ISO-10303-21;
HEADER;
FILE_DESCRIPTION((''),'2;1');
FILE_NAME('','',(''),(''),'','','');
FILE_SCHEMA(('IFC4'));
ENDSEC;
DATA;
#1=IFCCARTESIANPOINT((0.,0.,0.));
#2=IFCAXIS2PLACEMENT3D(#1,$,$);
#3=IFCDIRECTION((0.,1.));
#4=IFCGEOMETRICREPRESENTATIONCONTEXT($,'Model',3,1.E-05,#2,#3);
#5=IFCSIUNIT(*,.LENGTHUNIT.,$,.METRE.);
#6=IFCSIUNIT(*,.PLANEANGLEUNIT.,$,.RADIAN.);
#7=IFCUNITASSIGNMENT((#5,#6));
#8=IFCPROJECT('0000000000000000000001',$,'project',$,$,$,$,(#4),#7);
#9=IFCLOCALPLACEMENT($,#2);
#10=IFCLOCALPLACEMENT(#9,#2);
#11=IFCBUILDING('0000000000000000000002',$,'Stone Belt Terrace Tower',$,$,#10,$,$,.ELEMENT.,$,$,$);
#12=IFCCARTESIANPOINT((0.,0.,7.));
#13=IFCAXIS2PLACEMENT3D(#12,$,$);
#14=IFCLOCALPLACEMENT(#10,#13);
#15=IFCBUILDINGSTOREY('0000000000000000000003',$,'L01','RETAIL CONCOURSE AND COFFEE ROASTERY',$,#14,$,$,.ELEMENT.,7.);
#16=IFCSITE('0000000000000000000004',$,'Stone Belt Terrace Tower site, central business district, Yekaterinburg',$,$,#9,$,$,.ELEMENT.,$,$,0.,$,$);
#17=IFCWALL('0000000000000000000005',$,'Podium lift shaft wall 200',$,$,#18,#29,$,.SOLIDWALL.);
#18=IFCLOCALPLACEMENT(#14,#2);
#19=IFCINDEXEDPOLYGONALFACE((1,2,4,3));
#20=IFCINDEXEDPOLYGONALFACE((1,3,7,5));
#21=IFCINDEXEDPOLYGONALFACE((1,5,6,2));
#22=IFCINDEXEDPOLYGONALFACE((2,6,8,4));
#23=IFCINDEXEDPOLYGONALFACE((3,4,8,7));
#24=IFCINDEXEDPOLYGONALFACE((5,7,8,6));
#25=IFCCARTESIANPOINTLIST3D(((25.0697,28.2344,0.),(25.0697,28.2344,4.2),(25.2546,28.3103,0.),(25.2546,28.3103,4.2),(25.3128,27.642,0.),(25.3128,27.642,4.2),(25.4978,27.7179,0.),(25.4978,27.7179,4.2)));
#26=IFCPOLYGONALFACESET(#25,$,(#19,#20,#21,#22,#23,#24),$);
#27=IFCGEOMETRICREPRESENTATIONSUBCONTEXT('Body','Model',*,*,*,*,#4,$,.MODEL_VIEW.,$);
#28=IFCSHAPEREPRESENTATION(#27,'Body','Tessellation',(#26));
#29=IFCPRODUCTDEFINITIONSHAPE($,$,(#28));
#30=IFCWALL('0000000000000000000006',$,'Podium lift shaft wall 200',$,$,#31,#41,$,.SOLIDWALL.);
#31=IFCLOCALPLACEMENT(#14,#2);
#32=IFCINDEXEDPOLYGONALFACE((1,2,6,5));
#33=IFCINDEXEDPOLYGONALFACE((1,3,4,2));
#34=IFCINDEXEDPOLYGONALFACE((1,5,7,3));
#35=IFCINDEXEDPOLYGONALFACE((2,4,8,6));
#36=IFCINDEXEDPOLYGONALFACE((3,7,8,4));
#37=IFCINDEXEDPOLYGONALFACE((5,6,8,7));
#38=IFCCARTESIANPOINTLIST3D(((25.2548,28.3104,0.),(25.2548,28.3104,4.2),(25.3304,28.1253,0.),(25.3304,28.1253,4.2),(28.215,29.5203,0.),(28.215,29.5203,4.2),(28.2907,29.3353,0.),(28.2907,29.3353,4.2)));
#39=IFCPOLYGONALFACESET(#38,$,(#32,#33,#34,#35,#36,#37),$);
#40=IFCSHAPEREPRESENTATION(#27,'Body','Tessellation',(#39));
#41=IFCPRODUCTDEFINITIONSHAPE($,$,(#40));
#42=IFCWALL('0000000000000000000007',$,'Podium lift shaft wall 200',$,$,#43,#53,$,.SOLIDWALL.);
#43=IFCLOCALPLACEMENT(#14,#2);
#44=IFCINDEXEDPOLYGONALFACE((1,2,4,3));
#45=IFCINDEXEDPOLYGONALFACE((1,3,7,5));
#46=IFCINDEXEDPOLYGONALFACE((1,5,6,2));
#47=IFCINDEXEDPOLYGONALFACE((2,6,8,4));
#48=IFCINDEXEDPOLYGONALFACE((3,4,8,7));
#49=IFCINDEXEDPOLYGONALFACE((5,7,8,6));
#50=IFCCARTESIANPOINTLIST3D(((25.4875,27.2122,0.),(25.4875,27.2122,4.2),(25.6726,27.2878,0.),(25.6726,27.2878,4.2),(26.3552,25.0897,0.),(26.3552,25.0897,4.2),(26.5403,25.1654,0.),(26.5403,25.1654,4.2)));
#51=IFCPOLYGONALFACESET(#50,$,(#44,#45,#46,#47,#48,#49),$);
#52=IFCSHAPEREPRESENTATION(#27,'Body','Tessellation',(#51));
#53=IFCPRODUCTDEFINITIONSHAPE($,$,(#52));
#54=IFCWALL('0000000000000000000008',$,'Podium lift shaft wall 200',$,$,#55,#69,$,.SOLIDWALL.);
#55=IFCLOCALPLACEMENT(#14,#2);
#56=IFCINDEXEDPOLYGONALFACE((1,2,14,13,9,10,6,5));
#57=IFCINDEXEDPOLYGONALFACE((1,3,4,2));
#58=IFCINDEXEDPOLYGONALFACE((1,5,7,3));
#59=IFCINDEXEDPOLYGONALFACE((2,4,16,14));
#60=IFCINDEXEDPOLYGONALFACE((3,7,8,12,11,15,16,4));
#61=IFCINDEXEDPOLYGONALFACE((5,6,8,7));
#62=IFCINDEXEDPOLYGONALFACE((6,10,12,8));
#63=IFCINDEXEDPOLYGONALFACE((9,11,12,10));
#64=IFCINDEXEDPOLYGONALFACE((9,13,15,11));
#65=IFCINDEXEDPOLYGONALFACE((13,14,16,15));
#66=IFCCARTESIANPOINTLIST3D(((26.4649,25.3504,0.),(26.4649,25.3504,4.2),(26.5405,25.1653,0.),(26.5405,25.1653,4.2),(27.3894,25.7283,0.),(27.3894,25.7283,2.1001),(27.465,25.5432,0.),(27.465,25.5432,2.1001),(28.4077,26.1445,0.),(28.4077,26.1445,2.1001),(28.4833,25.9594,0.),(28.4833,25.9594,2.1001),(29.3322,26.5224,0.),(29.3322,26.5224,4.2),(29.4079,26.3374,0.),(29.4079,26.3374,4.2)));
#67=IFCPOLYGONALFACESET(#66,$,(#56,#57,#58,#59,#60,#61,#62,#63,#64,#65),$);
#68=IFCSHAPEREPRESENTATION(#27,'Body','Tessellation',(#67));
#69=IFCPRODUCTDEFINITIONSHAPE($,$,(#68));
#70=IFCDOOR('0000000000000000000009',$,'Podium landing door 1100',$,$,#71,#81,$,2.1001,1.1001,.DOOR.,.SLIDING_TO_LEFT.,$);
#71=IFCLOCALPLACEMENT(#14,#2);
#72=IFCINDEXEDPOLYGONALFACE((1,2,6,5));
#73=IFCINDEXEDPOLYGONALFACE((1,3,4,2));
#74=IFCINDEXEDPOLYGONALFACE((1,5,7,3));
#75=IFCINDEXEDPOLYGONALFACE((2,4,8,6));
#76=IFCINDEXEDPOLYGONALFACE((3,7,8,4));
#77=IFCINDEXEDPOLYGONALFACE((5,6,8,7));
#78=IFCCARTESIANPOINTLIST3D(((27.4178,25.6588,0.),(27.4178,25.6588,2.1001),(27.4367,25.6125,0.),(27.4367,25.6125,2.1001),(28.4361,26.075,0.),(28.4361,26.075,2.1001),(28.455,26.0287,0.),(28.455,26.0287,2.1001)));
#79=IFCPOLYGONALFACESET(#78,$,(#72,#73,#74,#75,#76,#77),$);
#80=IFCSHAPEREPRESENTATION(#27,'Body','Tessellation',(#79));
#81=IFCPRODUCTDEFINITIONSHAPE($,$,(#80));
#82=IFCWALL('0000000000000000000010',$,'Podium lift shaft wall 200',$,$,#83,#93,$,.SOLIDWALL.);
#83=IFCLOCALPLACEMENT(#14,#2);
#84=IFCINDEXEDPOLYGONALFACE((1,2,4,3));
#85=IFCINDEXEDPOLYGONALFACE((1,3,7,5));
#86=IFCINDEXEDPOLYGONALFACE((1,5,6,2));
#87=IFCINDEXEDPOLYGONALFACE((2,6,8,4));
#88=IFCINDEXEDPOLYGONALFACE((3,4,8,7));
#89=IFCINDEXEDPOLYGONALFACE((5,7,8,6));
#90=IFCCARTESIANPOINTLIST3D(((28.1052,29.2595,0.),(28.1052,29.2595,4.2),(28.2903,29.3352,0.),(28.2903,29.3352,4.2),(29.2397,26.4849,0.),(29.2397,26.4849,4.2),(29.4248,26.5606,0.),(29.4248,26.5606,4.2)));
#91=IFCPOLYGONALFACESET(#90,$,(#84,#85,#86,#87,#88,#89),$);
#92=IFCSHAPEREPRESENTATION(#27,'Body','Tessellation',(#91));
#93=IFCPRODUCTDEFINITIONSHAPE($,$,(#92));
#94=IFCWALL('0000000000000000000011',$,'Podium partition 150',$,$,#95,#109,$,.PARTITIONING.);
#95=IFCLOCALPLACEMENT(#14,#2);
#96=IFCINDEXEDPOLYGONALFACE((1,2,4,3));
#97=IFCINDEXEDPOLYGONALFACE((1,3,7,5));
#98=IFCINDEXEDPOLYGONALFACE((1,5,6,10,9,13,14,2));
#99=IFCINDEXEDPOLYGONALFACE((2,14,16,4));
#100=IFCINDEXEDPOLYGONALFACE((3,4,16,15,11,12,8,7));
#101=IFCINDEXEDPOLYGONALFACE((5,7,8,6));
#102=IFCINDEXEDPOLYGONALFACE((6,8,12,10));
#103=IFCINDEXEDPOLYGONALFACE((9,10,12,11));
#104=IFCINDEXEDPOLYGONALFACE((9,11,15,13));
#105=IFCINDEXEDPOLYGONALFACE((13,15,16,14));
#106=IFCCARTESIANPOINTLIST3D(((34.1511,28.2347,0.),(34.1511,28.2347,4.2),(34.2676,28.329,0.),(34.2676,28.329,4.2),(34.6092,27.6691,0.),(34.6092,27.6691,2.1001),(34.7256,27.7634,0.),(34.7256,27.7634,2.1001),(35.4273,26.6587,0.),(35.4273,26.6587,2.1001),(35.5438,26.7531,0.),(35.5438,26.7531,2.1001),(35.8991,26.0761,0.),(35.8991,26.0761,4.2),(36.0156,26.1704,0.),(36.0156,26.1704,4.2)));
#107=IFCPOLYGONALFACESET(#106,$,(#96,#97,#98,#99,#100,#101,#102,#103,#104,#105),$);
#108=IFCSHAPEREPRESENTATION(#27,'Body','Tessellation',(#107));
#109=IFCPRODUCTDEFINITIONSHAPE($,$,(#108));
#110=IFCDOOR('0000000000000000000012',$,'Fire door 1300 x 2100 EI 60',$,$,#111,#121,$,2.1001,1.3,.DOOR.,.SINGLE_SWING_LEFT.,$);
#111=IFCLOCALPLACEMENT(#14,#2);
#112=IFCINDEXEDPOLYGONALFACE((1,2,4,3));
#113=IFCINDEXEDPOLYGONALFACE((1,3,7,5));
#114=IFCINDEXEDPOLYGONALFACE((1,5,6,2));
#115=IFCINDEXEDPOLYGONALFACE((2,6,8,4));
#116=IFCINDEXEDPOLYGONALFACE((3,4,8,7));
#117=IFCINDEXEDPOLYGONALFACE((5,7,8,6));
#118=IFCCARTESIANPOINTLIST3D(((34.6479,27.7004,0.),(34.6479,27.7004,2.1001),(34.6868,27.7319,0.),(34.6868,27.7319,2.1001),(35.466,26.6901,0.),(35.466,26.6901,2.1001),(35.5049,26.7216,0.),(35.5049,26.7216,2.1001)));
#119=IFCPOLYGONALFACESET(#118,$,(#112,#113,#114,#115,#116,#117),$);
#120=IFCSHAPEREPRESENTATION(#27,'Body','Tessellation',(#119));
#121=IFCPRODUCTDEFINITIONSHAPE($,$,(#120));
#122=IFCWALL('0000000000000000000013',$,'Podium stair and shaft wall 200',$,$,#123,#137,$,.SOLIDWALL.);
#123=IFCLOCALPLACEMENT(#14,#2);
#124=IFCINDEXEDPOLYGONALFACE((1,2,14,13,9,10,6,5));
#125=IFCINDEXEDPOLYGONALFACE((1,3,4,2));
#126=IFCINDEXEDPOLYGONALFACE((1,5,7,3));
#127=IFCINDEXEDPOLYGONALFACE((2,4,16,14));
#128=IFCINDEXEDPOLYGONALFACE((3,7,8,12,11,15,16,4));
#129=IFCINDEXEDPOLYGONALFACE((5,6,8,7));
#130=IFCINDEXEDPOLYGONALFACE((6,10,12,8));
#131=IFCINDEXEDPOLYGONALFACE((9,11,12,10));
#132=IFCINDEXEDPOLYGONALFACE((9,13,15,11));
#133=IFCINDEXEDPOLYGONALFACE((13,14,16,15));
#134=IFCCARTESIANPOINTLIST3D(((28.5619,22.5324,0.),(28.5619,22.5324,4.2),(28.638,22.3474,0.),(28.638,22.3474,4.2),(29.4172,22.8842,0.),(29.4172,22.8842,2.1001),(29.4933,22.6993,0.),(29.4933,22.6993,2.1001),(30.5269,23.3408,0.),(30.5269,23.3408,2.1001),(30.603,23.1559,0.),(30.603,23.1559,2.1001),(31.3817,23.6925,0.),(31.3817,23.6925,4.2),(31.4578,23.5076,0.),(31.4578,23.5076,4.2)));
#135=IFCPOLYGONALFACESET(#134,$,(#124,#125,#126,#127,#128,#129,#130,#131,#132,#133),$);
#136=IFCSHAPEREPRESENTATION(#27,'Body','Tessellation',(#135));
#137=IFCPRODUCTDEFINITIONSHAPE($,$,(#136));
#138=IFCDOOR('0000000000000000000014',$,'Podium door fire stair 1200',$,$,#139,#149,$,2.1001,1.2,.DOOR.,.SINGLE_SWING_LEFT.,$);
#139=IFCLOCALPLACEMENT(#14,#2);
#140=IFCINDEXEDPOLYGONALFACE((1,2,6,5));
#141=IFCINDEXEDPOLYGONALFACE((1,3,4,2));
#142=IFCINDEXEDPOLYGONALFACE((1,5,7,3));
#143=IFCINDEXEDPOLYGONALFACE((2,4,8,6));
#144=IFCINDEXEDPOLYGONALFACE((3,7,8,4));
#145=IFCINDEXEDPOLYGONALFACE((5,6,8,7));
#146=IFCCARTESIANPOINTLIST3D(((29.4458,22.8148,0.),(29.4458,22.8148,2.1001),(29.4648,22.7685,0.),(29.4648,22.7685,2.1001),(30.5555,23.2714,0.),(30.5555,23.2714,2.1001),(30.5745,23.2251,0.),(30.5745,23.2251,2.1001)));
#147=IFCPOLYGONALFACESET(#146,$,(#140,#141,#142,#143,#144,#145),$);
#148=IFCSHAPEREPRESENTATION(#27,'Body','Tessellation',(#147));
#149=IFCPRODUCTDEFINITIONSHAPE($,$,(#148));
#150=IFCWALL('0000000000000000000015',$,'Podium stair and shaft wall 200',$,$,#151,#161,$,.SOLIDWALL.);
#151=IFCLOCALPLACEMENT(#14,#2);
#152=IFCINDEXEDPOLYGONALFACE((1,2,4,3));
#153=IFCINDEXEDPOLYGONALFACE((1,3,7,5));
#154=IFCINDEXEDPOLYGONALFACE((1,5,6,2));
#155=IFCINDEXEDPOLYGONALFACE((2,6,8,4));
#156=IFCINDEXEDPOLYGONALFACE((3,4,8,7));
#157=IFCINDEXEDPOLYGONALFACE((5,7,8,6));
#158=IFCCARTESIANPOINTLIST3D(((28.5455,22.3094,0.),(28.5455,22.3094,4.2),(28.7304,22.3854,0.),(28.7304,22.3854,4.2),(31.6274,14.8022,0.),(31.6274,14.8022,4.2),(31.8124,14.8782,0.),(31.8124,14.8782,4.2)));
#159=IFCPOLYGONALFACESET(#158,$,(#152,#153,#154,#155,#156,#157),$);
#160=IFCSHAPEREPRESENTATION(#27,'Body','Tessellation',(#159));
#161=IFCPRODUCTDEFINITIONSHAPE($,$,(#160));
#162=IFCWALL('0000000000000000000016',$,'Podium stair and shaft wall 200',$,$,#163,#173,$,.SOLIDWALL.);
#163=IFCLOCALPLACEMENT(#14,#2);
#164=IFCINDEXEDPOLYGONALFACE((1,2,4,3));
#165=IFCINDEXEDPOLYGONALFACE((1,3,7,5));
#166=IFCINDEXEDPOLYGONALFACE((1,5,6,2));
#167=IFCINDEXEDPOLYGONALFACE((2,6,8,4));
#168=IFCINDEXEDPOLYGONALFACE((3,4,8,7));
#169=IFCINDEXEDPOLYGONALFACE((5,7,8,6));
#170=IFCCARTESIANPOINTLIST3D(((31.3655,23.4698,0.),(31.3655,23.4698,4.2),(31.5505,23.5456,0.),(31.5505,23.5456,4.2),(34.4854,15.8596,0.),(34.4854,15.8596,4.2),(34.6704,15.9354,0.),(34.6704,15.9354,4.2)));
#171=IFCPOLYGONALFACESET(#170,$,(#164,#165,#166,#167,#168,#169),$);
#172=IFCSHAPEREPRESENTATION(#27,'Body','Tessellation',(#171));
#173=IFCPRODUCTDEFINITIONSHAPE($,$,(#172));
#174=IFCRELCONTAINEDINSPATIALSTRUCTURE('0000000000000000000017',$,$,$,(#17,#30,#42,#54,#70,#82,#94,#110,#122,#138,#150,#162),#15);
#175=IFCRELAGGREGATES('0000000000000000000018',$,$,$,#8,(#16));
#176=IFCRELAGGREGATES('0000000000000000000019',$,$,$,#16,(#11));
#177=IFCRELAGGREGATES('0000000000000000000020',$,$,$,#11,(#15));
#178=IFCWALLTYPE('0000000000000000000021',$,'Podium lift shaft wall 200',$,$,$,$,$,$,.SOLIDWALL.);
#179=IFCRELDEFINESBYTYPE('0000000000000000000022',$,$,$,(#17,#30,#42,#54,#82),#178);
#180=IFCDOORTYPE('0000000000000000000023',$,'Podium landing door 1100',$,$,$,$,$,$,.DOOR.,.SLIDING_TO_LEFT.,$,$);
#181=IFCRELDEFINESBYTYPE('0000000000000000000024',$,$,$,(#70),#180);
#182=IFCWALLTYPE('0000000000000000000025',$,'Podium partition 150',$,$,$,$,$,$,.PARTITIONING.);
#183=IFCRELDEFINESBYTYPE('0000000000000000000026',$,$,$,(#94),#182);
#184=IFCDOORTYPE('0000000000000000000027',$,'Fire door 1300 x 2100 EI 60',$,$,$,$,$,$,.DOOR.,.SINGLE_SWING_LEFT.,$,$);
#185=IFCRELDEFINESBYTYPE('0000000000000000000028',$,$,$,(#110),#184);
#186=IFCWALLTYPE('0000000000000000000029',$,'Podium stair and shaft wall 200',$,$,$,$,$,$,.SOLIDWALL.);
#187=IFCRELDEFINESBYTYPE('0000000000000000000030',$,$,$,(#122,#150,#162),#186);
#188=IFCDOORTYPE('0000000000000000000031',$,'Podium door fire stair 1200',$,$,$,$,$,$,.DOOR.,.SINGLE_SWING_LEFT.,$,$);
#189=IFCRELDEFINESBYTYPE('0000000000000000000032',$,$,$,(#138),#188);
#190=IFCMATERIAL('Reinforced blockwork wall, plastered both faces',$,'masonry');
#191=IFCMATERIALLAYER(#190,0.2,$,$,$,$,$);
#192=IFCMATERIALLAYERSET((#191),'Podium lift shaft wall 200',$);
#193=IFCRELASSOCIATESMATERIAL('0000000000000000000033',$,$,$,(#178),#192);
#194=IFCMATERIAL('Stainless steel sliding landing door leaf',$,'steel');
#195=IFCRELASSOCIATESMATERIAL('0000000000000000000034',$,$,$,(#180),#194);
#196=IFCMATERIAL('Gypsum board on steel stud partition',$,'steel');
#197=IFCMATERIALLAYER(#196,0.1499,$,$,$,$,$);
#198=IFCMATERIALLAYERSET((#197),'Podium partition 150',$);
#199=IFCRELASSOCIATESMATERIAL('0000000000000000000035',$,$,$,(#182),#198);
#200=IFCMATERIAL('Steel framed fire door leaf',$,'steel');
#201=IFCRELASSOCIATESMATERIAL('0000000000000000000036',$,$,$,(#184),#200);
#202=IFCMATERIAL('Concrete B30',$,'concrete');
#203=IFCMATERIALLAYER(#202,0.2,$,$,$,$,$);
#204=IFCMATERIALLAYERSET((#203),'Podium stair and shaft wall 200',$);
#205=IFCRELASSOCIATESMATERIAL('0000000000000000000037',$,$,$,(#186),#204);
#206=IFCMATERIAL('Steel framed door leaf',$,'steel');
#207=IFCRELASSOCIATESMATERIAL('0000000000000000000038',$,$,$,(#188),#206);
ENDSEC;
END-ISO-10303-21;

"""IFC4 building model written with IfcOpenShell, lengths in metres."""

from ifc_helpers import new_model, si_unit, direction, frame, frame_2d, origin, place, context, subcontext, project, spatial, rectangle, extrude, material, layer, layer_set, type_object, element, fill, save


model = new_model("IFC4")

# Units and contexts
model_context = context("Model", 3, precision=1e-05, world=origin(), true_north=direction((0.0, 1.0)))
body_context = subcontext(model_context, "Body", "Model", "MODEL_VIEW")
ifc_project = project(units=[si_unit("LENGTHUNIT", "METRE"), si_unit("PLANEANGLEUNIT", "RADIAN")], contexts=[model_context])

# Site, building, storey
site_placement = place(None, origin())
site = spatial("IfcSite", under=ifc_project, at=site_placement, Name="Stone Belt Terrace Tower site, central business district, Yekaterinburg", CompositionType="ELEMENT", RefElevation=0.0)
building_placement = place(site_placement, origin())
building = spatial("IfcBuilding", under=site, at=building_placement, Name="Stone Belt Terrace Tower", CompositionType="ELEMENT")
storey_placement = place(building_placement, frame((0.0, 0.0, 7.0)))
storey = spatial("IfcBuildingStorey", under=building, at=storey_placement, Name="L01", Description="RETAIL CONCOURSE AND COFFEE ROASTERY", CompositionType="ELEMENT", Elevation=7.0)

# Shared definitions
ifc_material_1 = material(Name="Steel framed door leaf", Category="steel")

# Walls
ifc_material_2 = material(Name="Reinforced blockwork wall, plastered both faces", Category="masonry")
ifc_layer_1 = layer(ifc_material_2, 0.2)
ifc_layer_set_1 = layer_set([ifc_layer_1], Name="Podium lift shaft wall 200")
wall_type_1 = type_object("IfcWallType", Name="Podium lift shaft wall 200", PredefinedType="SOLIDWALL", material=ifc_layer_set_1)
wall_1_placement = place(storey_placement, frame((25.1621, 28.2725, 0.0), z_axis=(0.0, 0.0, 1.0), x_axis=(0.379657, -0.925127, 0.0)))
element("IfcWall", 1, at=wall_1_placement, inside=storey, type_object=wall_type_1, Name="Podium lift shaft wall 200", PredefinedType="SOLIDWALL", context=body_context, shape_type="SweptSolid", body=[
    extrude(rectangle(XDim=0.6404, YDim=0.2, at=frame_2d((0.3203, 0.0))), origin(), (0.0, 0.0, 1.0), 4.2),
])
wall_2_placement = place(storey_placement, frame((25.2925, 28.2178, 0.0), z_axis=(0.0, 0.0, 1.0), x_axis=(0.92566, 0.378356, 0.0)))
element("IfcWall", 2, at=wall_2_placement, inside=storey, type_object=wall_type_1, Name="Podium lift shaft wall 200", PredefinedType="SOLIDWALL", context=body_context, shape_type="SweptSolid", body=[
    extrude(rectangle(XDim=3.198, YDim=0.2, at=frame_2d((1.5991, 0.0))), origin(), (0.0, 0.0, 1.0), 4.2),
])
wall_3_placement = place(storey_placement, frame((25.5801, 27.25, 0.0), z_axis=(0.0, 0.0, 1.0), x_axis=(0.378392, -0.925645, 0.0)))
element("IfcWall", 3, at=wall_3_placement, inside=storey, type_object=wall_type_1, Name="Podium lift shaft wall 200", PredefinedType="SOLIDWALL", context=body_context, shape_type="SweptSolid", body=[
    extrude(rectangle(XDim=2.293, YDim=0.2, at=frame_2d((1.1465, 0.0))), origin(), (0.0, 0.0, 1.0), 4.2),
])

# Wall, opening, door
wall_4_placement = place(storey_placement, frame((26.5027, 25.2578, 0.0), z_axis=(0.0, 0.0, 1.0), x_axis=(0.925651, 0.378378, 0.0)))
wall_4 = element("IfcWall", 4, at=wall_4_placement, inside=storey, type_object=wall_type_1, Name="Podium lift shaft wall 200", PredefinedType="SOLIDWALL", context=body_context, shape_type="SweptSolid", body=[
    extrude(rectangle(XDim=3.0977, YDim=0.2, at=frame_2d((1.5488, 0.0))), origin(), (0.0, 0.0, 1.0), 4.2),
])
opening_1_placement = place(wall_4_placement, frame((0.9988, 0.0, 0.0)))
opening_1 = element("IfcOpeningElement", 5, at=opening_1_placement, cuts=wall_4, PredefinedType="OPENING", context=body_context, shape_type="SweptSolid", body=[
    extrude(rectangle(XDim=1.1001, YDim=2.1001, at=frame_2d((0.55, 1.05))), frame((0.0, 0.1099, 0.0), z_axis=(0.0, -1.0, 0.0), x_axis=(1.0, 0.0, 0.0)), (0.0, 0.0, 1.0), 0.22),
])
ifc_material_3 = material(Name="Stainless steel sliding landing door leaf", Category="steel")
door_type_1 = type_object("IfcDoorType", Name="Podium landing door 1100", OperationType="SLIDING_TO_LEFT", PredefinedType="DOOR", material=ifc_material_3)
door_1_placement = place(opening_1_placement, origin())
door_1 = element("IfcDoor", 6, at=door_1_placement, inside=storey, type_object=door_type_1, Name="Podium landing door 1100", OperationType="SLIDING_TO_LEFT", OverallHeight=2.1001, OverallWidth=1.1001, PredefinedType="DOOR", context=body_context, shape_type="SweptSolid", body=[
    extrude(rectangle(XDim=1.1001, YDim=2.1001, at=frame_2d((0.55, 1.05))), frame((0.0, 0.0249, 0.0), z_axis=(0.0, -1.0, 0.0), x_axis=(1.0, 0.0, 0.0)), (0.0, 0.0, 1.0), 0.05),
])
fill(opening_1, door_1)

# Wall
wall_5_placement = place(storey_placement, frame((28.1978, 29.2974, 0.0), z_axis=(0.0, 0.0, 1.0), x_axis=(0.378471, -0.925613, 0.0)))
element("IfcWall", 7, at=wall_5_placement, inside=storey, type_object=wall_type_1, Name="Podium lift shaft wall 200", PredefinedType="SOLIDWALL", context=body_context, shape_type="SweptSolid", body=[
    extrude(rectangle(XDim=2.9976, YDim=0.2, at=frame_2d((1.4988, 0.0))), origin(), (0.0, 0.0, 1.0), 4.2),
])

# Walls, openings, doors
ifc_material_4 = material(Name="Gypsum board on steel stud partition", Category="steel")
ifc_layer_2 = layer(ifc_material_4, 0.1499)
ifc_layer_set_2 = layer_set([ifc_layer_2], Name="Podium partition 150")
wall_type_2 = type_object("IfcWallType", Name="Podium partition 150", PredefinedType="PARTITIONING", material=ifc_layer_set_2)
wall_6_placement = place(storey_placement, frame((34.2095, 28.2817, 0.0), z_axis=(0.0, 0.0, 1.0), x_axis=(0.629315, -0.777151, 0.0)))
wall_6 = element("IfcWall", 8, at=wall_6_placement, inside=storey, type_object=wall_type_2, Name="Podium partition 150", PredefinedType="PARTITIONING", context=body_context, shape_type="SweptSolid", body=[
    extrude(rectangle(XDim=2.7776, YDim=0.1499, at=frame_2d((1.3887, 0.0))), origin(), (0.0, 0.0, 1.0), 4.2),
])
opening_2_placement = place(wall_6_placement, frame((0.7278, 0.0, 0.0)))
opening_2 = element("IfcOpeningElement", 9, at=opening_2_placement, cuts=wall_6, PredefinedType="OPENING", context=body_context, shape_type="SweptSolid", body=[
    extrude(rectangle(XDim=1.3, YDim=2.1001, at=frame_2d((0.6499, 1.05))), frame((0.0, 0.085, 0.0), z_axis=(0.0, -1.0, 0.0), x_axis=(1.0, 0.0, 0.0)), (0.0, 0.0, 1.0), 0.1699),
])
ifc_material_5 = material(Name="Steel framed fire door leaf", Category="steel")
door_type_2 = type_object("IfcDoorType", Name="Fire door 1300 x 2100 EI 60", OperationType="SINGLE_SWING_LEFT", PredefinedType="DOOR", material=ifc_material_5)
door_2_placement = place(opening_2_placement, origin())
door_2 = element("IfcDoor", 10, at=door_2_placement, inside=storey, type_object=door_type_2, Name="Fire door 1300 x 2100 EI 60", OperationType="SINGLE_SWING_LEFT", OverallHeight=2.1001, OverallWidth=1.3, PredefinedType="DOOR", context=body_context, shape_type="SweptSolid", body=[
    extrude(rectangle(XDim=1.3, YDim=2.1001, at=frame_2d((0.6499, 1.05))), frame((0.0, 0.0249, 0.0), z_axis=(0.0, -1.0, 0.0), x_axis=(1.0, 0.0, 0.0)), (0.0, 0.0, 1.0), 0.05),
])
fill(opening_2, door_2)
ifc_material_6 = material(Name="Concrete B30", Category="concrete")
ifc_layer_3 = layer(ifc_material_6, 0.2)
ifc_layer_set_3 = layer_set([ifc_layer_3], Name="Podium stair and shaft wall 200")
wall_type_3 = type_object("IfcWallType", Name="Podium stair and shaft wall 200", PredefinedType="SOLIDWALL", material=ifc_layer_set_3)
wall_7_placement = place(storey_placement, frame((28.6001, 22.4399, 0.0), z_axis=(0.0, 0.0, 1.0), x_axis=(0.924788, 0.380484, 0.0)))
wall_7 = element("IfcWall", 11, at=wall_7_placement, inside=storey, type_object=wall_type_3, Name="Podium stair and shaft wall 200", PredefinedType="SOLIDWALL", context=body_context, shape_type="SweptSolid", body=[
    extrude(rectangle(XDim=3.0491, YDim=0.2, at=frame_2d((1.5244, 0.0))), origin(), (0.0, 0.0, 1.0), 4.2),
])
opening_3_placement = place(wall_7_placement, frame((0.9246, 0.0, 0.0)))
opening_3 = element("IfcOpeningElement", 12, at=opening_3_placement, cuts=wall_7, PredefinedType="OPENING", context=body_context, shape_type="SweptSolid", body=[
    extrude(rectangle(XDim=1.2, YDim=2.1001, at=frame_2d((0.6001, 1.05))), frame((0.0, 0.1099, 0.0), z_axis=(0.0, -1.0, 0.0), x_axis=(1.0, 0.0, 0.0)), (0.0, 0.0, 1.0), 0.22),
])
door_type_3 = type_object("IfcDoorType", Name="Podium door fire stair 1200", OperationType="SINGLE_SWING_LEFT", PredefinedType="DOOR", material=ifc_material_1)
door_3_placement = place(opening_3_placement, origin())
door_3 = element("IfcDoor", 13, at=door_3_placement, inside=storey, type_object=door_type_3, Name="Podium door fire stair 1200", OperationType="SINGLE_SWING_LEFT", OverallHeight=2.1001, OverallWidth=1.2, PredefinedType="DOOR", context=body_context, shape_type="SweptSolid", body=[
    extrude(rectangle(XDim=1.2, YDim=2.1001, at=frame_2d((0.6001, 1.05))), frame((0.0, 0.0249, 0.0), z_axis=(0.0, -1.0, 0.0), x_axis=(1.0, 0.0, 0.0)), (0.0, 0.0, 1.0), 0.05),
])
fill(opening_3, door_3)

# Walls
wall_8_placement = place(storey_placement, frame((28.6379, 22.3474, 0.0), z_axis=(0.0, 0.0, 1.0), x_axis=(0.379778, -0.925078, 0.0)))
element("IfcWall", 14, at=wall_8_placement, inside=storey, type_object=wall_type_3, Name="Podium stair and shaft wall 200", PredefinedType="SOLIDWALL", context=body_context, shape_type="SweptSolid", body=[
    extrude(rectangle(XDim=8.1152, YDim=0.2, at=frame_2d((4.0576, 0.0))), origin(), (0.0, 0.0, 1.0), 4.2),
])
wall_9_placement = place(storey_placement, frame((31.458, 23.5076, 0.0), z_axis=(0.0, 0.0, 1.0), x_axis=(0.379325, -0.925263, 0.0)))
element("IfcWall", 15, at=wall_9_placement, inside=storey, type_object=wall_type_3, Name="Podium stair and shaft wall 200", PredefinedType="SOLIDWALL", context=body_context, shape_type="SweptSolid", body=[
    extrude(rectangle(XDim=8.2249, YDim=0.2, at=frame_2d((4.1123, 0.0))), origin(), (0.0, 0.0, 1.0), 4.2),
])

save(model, "model.ifc")
